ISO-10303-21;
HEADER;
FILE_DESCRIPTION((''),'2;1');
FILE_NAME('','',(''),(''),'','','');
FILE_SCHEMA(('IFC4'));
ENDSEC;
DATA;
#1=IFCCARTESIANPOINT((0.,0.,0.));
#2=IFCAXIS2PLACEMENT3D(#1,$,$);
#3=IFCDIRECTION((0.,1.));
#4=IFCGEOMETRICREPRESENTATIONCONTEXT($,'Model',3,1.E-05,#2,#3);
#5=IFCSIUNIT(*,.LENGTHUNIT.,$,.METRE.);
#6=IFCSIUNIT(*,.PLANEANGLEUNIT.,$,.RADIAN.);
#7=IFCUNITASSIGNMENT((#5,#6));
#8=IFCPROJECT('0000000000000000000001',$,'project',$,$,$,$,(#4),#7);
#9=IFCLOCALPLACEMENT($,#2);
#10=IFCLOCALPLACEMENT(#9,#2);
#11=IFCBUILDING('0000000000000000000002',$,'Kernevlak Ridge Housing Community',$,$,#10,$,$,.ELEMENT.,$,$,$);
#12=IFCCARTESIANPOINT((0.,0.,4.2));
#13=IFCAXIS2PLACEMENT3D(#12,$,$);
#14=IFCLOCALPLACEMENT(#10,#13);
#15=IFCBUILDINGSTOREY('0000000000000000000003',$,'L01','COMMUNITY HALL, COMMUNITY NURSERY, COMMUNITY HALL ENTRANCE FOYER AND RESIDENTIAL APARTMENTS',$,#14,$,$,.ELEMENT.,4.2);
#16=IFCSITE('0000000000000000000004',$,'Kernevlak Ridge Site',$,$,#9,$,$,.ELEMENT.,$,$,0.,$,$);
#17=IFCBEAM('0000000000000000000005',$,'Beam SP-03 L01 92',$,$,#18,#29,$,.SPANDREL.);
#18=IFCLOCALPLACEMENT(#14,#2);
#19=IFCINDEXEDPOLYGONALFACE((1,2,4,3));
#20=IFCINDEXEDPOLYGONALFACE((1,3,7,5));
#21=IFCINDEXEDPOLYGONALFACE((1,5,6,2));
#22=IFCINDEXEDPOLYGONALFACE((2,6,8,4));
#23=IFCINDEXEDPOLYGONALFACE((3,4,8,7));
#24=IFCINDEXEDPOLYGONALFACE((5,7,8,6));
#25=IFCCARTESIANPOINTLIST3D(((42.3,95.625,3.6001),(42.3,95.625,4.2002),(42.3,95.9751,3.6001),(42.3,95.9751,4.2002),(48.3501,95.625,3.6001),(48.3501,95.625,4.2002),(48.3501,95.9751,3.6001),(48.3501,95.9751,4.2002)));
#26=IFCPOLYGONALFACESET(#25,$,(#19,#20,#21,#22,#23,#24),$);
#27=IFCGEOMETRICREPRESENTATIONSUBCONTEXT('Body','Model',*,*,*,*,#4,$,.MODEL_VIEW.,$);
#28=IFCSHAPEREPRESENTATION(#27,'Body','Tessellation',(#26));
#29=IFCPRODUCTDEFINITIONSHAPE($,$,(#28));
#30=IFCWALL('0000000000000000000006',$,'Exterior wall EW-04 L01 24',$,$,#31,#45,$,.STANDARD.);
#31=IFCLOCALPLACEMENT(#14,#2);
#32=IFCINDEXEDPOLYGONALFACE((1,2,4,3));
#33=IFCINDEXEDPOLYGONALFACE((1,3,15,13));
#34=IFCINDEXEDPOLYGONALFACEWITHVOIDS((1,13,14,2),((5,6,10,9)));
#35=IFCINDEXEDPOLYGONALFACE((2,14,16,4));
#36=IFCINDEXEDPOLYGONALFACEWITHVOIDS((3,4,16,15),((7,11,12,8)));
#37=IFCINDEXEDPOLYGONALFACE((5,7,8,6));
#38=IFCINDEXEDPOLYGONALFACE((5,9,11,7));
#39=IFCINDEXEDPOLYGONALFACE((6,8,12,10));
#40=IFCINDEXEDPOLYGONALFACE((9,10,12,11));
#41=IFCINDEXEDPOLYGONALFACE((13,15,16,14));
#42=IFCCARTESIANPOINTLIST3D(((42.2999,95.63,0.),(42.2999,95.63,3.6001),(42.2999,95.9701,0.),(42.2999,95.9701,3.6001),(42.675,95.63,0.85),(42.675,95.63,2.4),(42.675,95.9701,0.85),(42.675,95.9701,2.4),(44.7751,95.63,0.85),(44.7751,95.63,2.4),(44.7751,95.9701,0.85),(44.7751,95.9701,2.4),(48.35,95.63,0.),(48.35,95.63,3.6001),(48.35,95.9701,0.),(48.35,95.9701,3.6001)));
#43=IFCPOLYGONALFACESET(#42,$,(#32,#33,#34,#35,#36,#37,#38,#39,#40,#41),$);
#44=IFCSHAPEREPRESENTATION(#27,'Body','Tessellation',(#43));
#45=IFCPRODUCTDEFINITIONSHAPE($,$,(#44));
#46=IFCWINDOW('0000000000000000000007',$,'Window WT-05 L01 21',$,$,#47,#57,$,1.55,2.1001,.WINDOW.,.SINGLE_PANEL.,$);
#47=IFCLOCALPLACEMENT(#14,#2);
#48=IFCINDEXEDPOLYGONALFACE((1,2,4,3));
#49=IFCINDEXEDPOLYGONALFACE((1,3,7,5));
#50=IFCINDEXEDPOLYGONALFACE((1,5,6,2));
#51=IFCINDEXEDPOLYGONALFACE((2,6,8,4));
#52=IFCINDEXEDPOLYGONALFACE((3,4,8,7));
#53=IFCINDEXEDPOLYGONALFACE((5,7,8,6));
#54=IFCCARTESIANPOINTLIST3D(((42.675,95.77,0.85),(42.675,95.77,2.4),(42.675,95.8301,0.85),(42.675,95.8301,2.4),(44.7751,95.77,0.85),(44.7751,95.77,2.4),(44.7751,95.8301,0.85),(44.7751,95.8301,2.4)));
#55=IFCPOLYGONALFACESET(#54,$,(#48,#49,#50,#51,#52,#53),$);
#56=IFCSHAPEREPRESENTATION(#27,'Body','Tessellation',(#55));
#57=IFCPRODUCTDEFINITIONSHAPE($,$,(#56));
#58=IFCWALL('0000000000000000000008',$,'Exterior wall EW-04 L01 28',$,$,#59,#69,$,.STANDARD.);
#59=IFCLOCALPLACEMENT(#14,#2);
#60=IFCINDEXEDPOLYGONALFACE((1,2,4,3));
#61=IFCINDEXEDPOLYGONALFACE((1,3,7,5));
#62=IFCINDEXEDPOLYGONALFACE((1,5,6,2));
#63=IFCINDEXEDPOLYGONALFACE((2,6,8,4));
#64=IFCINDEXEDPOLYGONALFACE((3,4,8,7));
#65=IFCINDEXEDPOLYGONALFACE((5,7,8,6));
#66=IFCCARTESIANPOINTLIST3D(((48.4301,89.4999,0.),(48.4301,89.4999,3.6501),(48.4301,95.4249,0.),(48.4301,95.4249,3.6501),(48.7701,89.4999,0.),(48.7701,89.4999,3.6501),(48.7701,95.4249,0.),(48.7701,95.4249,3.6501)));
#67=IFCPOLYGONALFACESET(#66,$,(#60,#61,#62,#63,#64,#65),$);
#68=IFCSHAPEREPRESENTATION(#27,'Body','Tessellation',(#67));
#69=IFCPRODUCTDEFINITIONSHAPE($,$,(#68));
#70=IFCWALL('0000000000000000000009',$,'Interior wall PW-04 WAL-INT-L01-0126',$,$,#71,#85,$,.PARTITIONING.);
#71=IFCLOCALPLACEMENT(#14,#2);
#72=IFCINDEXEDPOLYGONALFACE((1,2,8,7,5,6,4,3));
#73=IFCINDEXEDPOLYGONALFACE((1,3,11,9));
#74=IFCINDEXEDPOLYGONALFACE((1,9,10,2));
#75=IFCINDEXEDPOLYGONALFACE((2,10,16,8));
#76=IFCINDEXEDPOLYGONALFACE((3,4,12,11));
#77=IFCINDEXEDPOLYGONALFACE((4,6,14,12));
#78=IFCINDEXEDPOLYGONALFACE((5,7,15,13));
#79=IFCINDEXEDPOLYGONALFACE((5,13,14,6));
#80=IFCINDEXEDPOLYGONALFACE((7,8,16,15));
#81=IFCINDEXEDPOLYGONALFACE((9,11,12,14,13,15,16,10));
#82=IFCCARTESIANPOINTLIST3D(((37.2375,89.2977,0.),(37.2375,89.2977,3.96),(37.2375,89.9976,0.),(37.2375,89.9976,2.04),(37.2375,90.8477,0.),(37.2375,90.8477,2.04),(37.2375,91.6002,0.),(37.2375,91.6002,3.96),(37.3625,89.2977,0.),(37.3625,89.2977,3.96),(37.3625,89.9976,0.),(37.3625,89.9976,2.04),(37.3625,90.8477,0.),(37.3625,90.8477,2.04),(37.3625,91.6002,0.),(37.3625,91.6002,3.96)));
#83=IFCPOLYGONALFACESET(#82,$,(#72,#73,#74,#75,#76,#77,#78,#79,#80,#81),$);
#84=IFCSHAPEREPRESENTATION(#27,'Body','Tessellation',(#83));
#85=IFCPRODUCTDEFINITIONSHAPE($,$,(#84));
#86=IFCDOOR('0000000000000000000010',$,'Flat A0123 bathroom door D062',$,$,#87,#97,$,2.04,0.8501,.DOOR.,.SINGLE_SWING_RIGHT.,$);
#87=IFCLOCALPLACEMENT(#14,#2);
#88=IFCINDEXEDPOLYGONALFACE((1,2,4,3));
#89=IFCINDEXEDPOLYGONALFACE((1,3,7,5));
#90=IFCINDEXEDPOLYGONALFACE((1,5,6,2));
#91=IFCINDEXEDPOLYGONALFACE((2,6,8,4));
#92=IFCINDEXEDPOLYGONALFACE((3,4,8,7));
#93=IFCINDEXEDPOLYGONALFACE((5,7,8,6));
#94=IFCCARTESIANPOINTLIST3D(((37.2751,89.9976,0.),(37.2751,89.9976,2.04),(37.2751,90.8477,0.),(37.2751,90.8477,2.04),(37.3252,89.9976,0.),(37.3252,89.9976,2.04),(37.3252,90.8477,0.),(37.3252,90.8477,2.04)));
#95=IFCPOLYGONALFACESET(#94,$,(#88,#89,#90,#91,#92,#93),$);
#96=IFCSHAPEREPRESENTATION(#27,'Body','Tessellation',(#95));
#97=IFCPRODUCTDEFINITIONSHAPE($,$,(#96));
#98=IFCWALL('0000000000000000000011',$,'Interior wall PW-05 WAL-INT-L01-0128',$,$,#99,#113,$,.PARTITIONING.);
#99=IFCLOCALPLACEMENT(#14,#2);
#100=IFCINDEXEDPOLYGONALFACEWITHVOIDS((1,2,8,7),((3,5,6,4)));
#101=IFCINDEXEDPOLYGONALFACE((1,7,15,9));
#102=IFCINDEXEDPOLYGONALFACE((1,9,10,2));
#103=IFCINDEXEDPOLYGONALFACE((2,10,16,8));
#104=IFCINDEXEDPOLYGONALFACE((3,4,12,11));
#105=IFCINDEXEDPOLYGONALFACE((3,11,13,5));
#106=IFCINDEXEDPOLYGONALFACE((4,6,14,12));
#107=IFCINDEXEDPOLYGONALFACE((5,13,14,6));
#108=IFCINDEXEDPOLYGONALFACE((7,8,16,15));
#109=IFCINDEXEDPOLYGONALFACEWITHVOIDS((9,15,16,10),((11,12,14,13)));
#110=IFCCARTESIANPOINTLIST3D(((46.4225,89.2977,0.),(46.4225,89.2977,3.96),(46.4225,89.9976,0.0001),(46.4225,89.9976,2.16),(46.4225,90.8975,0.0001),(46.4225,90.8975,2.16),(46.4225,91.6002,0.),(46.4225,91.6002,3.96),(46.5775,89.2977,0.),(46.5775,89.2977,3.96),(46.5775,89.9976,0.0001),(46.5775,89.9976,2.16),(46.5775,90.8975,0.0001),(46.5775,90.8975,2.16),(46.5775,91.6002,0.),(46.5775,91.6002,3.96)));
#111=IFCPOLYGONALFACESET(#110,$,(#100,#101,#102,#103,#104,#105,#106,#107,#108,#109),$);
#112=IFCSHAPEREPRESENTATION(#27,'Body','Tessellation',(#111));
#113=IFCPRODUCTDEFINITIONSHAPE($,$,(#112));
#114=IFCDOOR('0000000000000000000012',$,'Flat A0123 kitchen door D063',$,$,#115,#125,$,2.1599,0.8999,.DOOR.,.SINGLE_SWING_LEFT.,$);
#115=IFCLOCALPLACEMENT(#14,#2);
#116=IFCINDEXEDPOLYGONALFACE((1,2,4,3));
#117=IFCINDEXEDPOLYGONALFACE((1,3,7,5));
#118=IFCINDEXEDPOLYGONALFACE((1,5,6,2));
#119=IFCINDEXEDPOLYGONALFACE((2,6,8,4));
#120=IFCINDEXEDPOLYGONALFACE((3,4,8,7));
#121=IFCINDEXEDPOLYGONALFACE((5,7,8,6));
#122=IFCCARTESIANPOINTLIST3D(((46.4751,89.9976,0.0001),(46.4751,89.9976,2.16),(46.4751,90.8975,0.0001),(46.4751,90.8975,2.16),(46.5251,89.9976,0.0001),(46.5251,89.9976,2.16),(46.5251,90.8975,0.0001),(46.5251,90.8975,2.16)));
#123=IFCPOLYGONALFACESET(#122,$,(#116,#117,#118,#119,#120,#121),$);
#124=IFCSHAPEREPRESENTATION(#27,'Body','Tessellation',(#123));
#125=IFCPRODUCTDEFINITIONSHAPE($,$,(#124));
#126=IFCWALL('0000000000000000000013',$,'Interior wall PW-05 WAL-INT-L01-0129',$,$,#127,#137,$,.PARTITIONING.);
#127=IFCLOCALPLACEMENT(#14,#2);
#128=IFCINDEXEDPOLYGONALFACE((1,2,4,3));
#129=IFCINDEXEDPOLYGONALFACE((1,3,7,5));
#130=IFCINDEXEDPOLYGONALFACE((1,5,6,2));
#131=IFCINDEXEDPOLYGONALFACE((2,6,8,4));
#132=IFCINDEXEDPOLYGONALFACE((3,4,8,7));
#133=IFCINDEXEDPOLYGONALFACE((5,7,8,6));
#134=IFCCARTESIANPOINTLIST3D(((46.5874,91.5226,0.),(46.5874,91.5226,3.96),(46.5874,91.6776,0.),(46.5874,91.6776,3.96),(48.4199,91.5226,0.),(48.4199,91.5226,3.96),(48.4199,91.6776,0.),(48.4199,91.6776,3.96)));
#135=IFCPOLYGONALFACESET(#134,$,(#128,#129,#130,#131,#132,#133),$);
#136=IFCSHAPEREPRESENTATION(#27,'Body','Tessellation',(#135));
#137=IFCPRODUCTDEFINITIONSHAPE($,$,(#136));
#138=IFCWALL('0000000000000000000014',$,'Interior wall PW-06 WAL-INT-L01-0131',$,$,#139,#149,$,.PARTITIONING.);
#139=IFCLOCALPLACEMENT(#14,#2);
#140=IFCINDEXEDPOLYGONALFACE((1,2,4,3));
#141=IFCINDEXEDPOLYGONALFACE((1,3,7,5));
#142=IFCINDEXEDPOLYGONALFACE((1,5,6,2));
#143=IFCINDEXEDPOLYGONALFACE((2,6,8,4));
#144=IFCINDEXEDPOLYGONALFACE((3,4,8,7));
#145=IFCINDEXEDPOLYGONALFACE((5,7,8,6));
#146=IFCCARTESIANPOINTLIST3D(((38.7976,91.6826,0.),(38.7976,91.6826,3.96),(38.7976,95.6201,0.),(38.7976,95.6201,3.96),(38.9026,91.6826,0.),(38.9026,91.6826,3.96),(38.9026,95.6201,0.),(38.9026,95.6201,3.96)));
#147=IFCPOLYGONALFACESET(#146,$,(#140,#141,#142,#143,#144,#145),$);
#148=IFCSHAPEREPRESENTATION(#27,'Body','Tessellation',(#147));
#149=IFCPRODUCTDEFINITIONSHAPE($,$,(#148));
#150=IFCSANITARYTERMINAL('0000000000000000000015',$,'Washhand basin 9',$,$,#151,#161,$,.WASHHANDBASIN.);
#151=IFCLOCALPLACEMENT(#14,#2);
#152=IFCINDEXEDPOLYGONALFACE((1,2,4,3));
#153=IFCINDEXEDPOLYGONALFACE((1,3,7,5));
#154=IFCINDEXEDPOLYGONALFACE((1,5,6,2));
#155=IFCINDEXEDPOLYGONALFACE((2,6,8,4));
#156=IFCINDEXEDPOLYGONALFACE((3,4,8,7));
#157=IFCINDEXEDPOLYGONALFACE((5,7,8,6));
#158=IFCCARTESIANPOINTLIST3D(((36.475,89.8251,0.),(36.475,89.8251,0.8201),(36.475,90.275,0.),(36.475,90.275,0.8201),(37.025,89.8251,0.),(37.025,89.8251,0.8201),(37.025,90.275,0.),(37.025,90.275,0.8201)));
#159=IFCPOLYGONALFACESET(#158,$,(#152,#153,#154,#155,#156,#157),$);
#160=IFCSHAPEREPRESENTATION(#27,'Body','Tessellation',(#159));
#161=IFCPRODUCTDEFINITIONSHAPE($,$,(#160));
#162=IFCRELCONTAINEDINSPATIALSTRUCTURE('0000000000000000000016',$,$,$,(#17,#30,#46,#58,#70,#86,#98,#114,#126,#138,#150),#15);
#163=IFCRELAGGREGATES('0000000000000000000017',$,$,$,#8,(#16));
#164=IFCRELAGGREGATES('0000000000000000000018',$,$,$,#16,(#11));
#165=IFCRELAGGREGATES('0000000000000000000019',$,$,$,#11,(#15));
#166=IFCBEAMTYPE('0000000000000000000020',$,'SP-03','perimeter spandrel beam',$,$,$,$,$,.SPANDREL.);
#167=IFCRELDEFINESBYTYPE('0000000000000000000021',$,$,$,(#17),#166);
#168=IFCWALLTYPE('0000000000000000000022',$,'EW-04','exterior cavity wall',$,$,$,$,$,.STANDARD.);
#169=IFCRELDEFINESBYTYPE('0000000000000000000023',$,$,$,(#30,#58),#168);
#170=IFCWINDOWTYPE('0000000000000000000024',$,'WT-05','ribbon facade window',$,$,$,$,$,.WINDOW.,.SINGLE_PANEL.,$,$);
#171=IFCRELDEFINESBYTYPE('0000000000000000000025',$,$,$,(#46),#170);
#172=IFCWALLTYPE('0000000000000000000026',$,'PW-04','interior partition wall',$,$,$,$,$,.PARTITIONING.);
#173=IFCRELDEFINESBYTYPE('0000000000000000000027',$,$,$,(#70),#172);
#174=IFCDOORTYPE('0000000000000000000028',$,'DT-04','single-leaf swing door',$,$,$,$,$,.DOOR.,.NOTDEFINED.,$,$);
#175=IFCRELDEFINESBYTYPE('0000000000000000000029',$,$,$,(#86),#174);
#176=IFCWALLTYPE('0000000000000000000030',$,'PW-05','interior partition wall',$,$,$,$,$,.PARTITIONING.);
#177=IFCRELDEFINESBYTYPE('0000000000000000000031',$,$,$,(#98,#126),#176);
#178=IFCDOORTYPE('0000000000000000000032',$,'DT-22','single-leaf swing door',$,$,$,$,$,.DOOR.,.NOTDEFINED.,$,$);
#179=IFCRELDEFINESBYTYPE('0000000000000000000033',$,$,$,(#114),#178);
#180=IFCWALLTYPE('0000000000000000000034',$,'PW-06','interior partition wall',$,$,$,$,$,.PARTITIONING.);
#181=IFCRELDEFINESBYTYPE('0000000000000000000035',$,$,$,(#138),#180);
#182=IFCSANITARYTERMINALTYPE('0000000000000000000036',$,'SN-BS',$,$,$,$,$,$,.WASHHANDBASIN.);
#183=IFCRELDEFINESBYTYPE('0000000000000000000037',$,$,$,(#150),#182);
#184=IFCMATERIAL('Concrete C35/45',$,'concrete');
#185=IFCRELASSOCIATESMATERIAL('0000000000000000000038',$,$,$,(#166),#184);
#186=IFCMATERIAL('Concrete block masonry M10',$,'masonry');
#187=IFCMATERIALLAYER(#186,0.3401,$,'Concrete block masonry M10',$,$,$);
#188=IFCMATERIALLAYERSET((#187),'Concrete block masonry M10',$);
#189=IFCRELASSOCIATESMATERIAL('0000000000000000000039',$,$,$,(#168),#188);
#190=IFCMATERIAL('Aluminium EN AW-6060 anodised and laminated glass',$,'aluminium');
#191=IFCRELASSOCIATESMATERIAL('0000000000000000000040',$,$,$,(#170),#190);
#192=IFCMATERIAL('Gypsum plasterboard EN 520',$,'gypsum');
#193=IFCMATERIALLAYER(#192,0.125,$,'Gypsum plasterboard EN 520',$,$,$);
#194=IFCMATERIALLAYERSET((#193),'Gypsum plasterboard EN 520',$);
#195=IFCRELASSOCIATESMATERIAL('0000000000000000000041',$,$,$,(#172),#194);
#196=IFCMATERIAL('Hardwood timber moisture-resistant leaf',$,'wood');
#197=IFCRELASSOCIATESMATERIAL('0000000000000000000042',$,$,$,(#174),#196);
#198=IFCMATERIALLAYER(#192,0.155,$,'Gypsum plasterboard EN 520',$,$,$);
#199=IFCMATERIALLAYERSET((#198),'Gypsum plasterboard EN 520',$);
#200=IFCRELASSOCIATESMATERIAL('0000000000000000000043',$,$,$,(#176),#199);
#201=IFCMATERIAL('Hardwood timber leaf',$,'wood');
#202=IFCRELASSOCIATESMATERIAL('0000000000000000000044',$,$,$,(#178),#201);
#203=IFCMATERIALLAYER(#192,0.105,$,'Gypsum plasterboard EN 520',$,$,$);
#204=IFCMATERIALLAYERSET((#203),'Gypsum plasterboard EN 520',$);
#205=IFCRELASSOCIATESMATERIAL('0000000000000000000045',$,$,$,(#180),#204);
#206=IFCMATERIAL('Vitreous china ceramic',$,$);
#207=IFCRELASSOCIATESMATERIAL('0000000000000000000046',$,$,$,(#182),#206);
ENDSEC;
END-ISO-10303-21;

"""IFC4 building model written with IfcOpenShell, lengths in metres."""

from ifc_helpers import new_model, si_unit, direction, frame, frame_2d, origin, origin_2d, place, context, subcontext, project, spatial, rectangle, extrude, material, layer, layer_set, material_profile, profile_set, type_object, element, fill, save


model = new_model("IFC4")

# Units and contexts
model_context = context("Model", 3, precision=1e-05, world=origin(), true_north=direction((0.0, 1.0)))
body_context = subcontext(model_context, "Body", "Model", "MODEL_VIEW")
ifc_project = project(units=[si_unit("LENGTHUNIT", "METRE"), si_unit("PLANEANGLEUNIT", "RADIAN")], contexts=[model_context])

# Site, building, storey
site_placement = place(None, origin())
site = spatial("IfcSite", under=ifc_project, at=site_placement, Name="Kernevlak Ridge Site", CompositionType="ELEMENT", RefElevation=0.0)
building_placement = place(site_placement, origin())
building = spatial("IfcBuilding", under=site, at=building_placement, Name="Kernevlak Ridge Housing Community", CompositionType="ELEMENT")
storey_placement = place(building_placement, frame((0.0, 0.0, 4.2)))
storey = spatial("IfcBuildingStorey", under=building, at=storey_placement, Name="L01", Description="COMMUNITY HALL, COMMUNITY NURSERY, COMMUNITY HALL ENTRANCE FOYER AND RESIDENTIAL APARTMENTS", CompositionType="ELEMENT", Elevation=4.2)

# Shared definitions
ifc_material_1 = material(Name="Concrete C35/45", Category="concrete")

# Shared definitions
ifc_material_2 = material(Name="Aluminium EN AW-6060 anodised and laminated glass", Category="aluminium")

# Beam
ifc_material_profile_1 = material_profile(ifc_material_1, rectangle(XDim=0.3501, YDim=0.6001, at=origin_2d()), Name="RC 350x600")
ifc_profile_set_1 = profile_set([ifc_material_profile_1], Name="Concrete C35/45")
beam_type_1 = type_object("IfcBeamType", Name="SP-03", Description="perimeter spandrel beam", PredefinedType="SPANDREL", material=ifc_profile_set_1)
beam_1_placement = place(storey_placement, frame((42.3, 95.8, 3.9001), z_axis=(1.0, 0.0, 0.0), x_axis=(0.0, 1.0, 0.0)))
element("IfcBeam", 1, at=beam_1_placement, inside=storey, type_object=beam_type_1, Name="Beam SP-03 L01 92", PredefinedType="SPANDREL", context=body_context, shape_type="SweptSolid", body=[
    extrude(rectangle(XDim=0.3501, YDim=0.6001, at=origin_2d()), origin(), (0.0, 0.0, 1.0), 6.05),
])

# Wall, opening, window
ifc_material_3 = material(Name="Concrete block masonry M10", Category="masonry")
ifc_layer_1 = layer(ifc_material_3, 0.3401, Name="Concrete block masonry M10")
ifc_layer_set_1 = layer_set([ifc_layer_1], Name="Concrete block masonry M10")
wall_type_1 = type_object("IfcWallType", Name="EW-04", Description="exterior cavity wall", PredefinedType="STANDARD", material=ifc_layer_set_1)
wall_1_placement = place(storey_placement, frame((42.3, 95.8, 0.0), z_axis=(0.0, 0.0, 1.0), x_axis=(1.0, 0.0, 0.0)))
wall_1 = element("IfcWall", 2, at=wall_1_placement, inside=storey, type_object=wall_type_1, Name="Exterior wall EW-04 L01 24", PredefinedType="STANDARD", context=body_context, shape_type="SweptSolid", body=[
    extrude(rectangle(XDim=6.05, YDim=0.3401, at=frame_2d((3.0249, 0.0))), origin(), (0.0, 0.0, 1.0), 3.6001),
])
opening_1_placement = place(wall_1_placement, frame((0.375, 0.0, 0.8501)))
opening_1 = element("IfcOpeningElement", 3, at=opening_1_placement, cuts=wall_1, PredefinedType="OPENING", context=body_context, shape_type="SweptSolid", body=[
    extrude(rectangle(XDim=2.1001, YDim=1.55, at=frame_2d((1.05, 0.7749))), frame((0.0, 0.1799, 0.0), z_axis=(0.0, -1.0, 0.0), x_axis=(1.0, 0.0, 0.0)), (0.0, 0.0, 1.0), 0.3601),
])
window_type = type_object("IfcWindowType", Name="WT-05", Description="ribbon facade window", PartitioningType="SINGLE_PANEL", PredefinedType="WINDOW", material=ifc_material_2)
window_placement = place(opening_1_placement, origin())
window = element("IfcWindow", 4, at=window_placement, inside=storey, type_object=window_type, Name="Window WT-05 L01 21", OverallHeight=1.55, OverallWidth=2.1001, PartitioningType="SINGLE_PANEL", PredefinedType="WINDOW", context=body_context, shape_type="SweptSolid", body=[
    extrude(rectangle(XDim=2.1001, YDim=1.55, at=frame_2d((1.05, 0.7749))), frame((0.0, 0.03, 0.0), z_axis=(0.0, -1.0, 0.0), x_axis=(1.0, 0.0, 0.0)), (0.0, 0.0, 1.0), 0.0601),
])
fill(opening_1, window)

# Wall
wall_2_placement = place(storey_placement, frame((48.6001, 89.5, 0.0), z_axis=(0.0, 0.0, 1.0), x_axis=(0.0, 1.0, 0.0)))
element("IfcWall", 5, at=wall_2_placement, inside=storey, type_object=wall_type_1, Name="Exterior wall EW-04 L01 28", PredefinedType="STANDARD", context=body_context, shape_type="SweptSolid", body=[
    extrude(rectangle(XDim=5.925, YDim=0.3401, at=frame_2d((2.9624, 0.0))), origin(), (0.0, 0.0, 1.0), 3.6501),
])

# Walls, openings, doors
ifc_material_4 = material(Name="Hardwood timber leaf", Category="wood")
ifc_material_5 = material(Name="Gypsum plasterboard EN 520", Category="gypsum")
ifc_layer_2 = layer(ifc_material_5, 0.125, Name="Gypsum plasterboard EN 520")
ifc_layer_set_2 = layer_set([ifc_layer_2], Name="Gypsum plasterboard EN 520")
wall_type_2 = type_object("IfcWallType", Name="PW-04", Description="interior partition wall", PredefinedType="PARTITIONING", material=ifc_layer_set_2)
wall_3_placement = place(storey_placement, frame((37.3, 89.2976, 0.0), z_axis=(0.0, 0.0, 1.0), x_axis=(0.0, 1.0, 0.0)))
wall_3 = element("IfcWall", 6, at=wall_3_placement, inside=storey, type_object=wall_type_2, Name="Interior wall PW-04 WAL-INT-L01-0126", PredefinedType="PARTITIONING", context=body_context, shape_type="SweptSolid", body=[
    extrude(rectangle(XDim=2.3025, YDim=0.125, at=frame_2d((1.1514, 0.0))), origin(), (0.0, 0.0, 1.0), 3.96),
])
opening_2_placement = place(wall_3_placement, frame((0.7, 0.0, 0.0)))
opening_2 = element("IfcOpeningElement", 7, at=opening_2_placement, cuts=wall_3, PredefinedType="OPENING", context=body_context, shape_type="SweptSolid", body=[
    extrude(rectangle(XDim=0.8501, YDim=2.04, at=frame_2d((0.425, 1.02))), frame((0.0, 0.0725, 0.0), z_axis=(0.0, -1.0, 0.0), x_axis=(1.0, 0.0, 0.0)), (0.0, 0.0, 1.0), 0.145),
])
ifc_material_6 = material(Name="Hardwood timber moisture-resistant leaf", Category="wood")
door_type_1 = type_object("IfcDoorType", Name="DT-04", Description="single-leaf swing door", OperationType="NOTDEFINED", PredefinedType="DOOR", material=ifc_material_6)
door_1_placement = place(opening_2_placement, origin())
door_1 = element("IfcDoor", 8, at=door_1_placement, inside=storey, type_object=door_type_1, Name="Flat A0123 bathroom door D062", OperationType="SINGLE_SWING_RIGHT", OverallHeight=2.04, OverallWidth=0.8501, PredefinedType="DOOR", context=body_context, shape_type="SweptSolid", body=[
    extrude(rectangle(XDim=0.8501, YDim=2.04, at=frame_2d((0.425, 1.02))), frame((0.0, 0.0249, 0.0), z_axis=(0.0, -1.0, 0.0), x_axis=(1.0, 0.0, 0.0)), (0.0, 0.0, 1.0), 0.05),
])
fill(opening_2, door_1)
ifc_layer_3 = layer(ifc_material_5, 0.155, Name="Gypsum plasterboard EN 520")
ifc_layer_set_3 = layer_set([ifc_layer_3], Name="Gypsum plasterboard EN 520")
wall_type_3 = type_object("IfcWallType", Name="PW-05", Description="interior partition wall", PredefinedType="PARTITIONING", material=ifc_layer_set_3)
wall_4_placement = place(storey_placement, frame((46.5, 89.2976, 0.0), z_axis=(0.0, 0.0, 1.0), x_axis=(0.0, 1.0, 0.0)))
wall_4 = element("IfcWall", 9, at=wall_4_placement, inside=storey, type_object=wall_type_3, Name="Interior wall PW-05 WAL-INT-L01-0128", PredefinedType="PARTITIONING", context=body_context, shape_type="SweptSolid", body=[
    extrude(rectangle(XDim=2.3025, YDim=0.155, at=frame_2d((1.1514, 0.0))), origin(), (0.0, 0.0, 1.0), 3.96),
])
opening_3_placement = place(wall_4_placement, frame((0.7, 0.0, 0.0)))
opening_3 = element("IfcOpeningElement", 10, at=opening_3_placement, cuts=wall_4, PredefinedType="OPENING", context=body_context, shape_type="SweptSolid", body=[
    extrude(rectangle(XDim=0.8999, YDim=2.1599, at=frame_2d((0.45, 1.0801))), frame((0.0, 0.0874, 0.0), z_axis=(0.0, -1.0, 0.0), x_axis=(1.0, 0.0, 0.0)), (0.0, 0.0, 1.0), 0.175),
])
door_type_2 = type_object("IfcDoorType", Name="DT-22", Description="single-leaf swing door", OperationType="NOTDEFINED", PredefinedType="DOOR", material=ifc_material_4)
door_2_placement = place(opening_3_placement, origin())
door_2 = element("IfcDoor", 11, at=door_2_placement, inside=storey, type_object=door_type_2, Name="Flat A0123 kitchen door D063", OperationType="SINGLE_SWING_LEFT", OverallHeight=2.1599, OverallWidth=0.8999, PredefinedType="DOOR", context=body_context, shape_type="SweptSolid", body=[
    extrude(rectangle(XDim=0.8999, YDim=2.1599, at=frame_2d((0.45, 1.0801))), frame((0.0, 0.0249, 0.0), z_axis=(0.0, -1.0, 0.0), x_axis=(1.0, 0.0, 0.0)), (0.0, 0.0, 1.0), 0.05),
])
fill(opening_3, door_2)

# Walls
wall_5_placement = place(storey_placement, frame((46.5874, 91.6001, 0.0), z_axis=(0.0, 0.0, 1.0), x_axis=(1.0, 0.0, 0.0)))
element("IfcWall", 12, at=wall_5_placement, inside=storey, type_object=wall_type_3, Name="Interior wall PW-05 WAL-INT-L01-0129", PredefinedType="PARTITIONING", context=body_context, shape_type="SweptSolid", body=[
    extrude(rectangle(XDim=1.8325, YDim=0.155, at=frame_2d((0.9163, 0.0))), origin(), (0.0, 0.0, 1.0), 3.96),
])
ifc_layer_4 = layer(ifc_material_5, 0.105, Name="Gypsum plasterboard EN 520")
ifc_layer_set_4 = layer_set([ifc_layer_4], Name="Gypsum plasterboard EN 520")
wall_type_4 = type_object("IfcWallType", Name="PW-06", Description="interior partition wall", PredefinedType="PARTITIONING", material=ifc_layer_set_4)
wall_6_placement = place(storey_placement, frame((38.8501, 91.6826, 0.0), z_axis=(0.0, 0.0, 1.0), x_axis=(0.0, 1.0, 0.0)))
element("IfcWall", 13, at=wall_6_placement, inside=storey, type_object=wall_type_4, Name="Interior wall PW-06 WAL-INT-L01-0131", PredefinedType="PARTITIONING", context=body_context, shape_type="SweptSolid", body=[
    extrude(rectangle(XDim=3.9375, YDim=0.105, at=frame_2d((1.9688, 0.0))), origin(), (0.0, 0.0, 1.0), 3.96),
])

# Sanitary terminal
ifc_material_7 = material(Name="Vitreous china ceramic")
sanitary_terminal_type_1 = type_object("IfcSanitaryTerminalType", Name="SN-BS", PredefinedType="WASHHANDBASIN", material=ifc_material_7)
sanitary_terminal_1_placement = place(storey_placement, frame((36.75, 90.05, 0.0), z_axis=(0.0, 0.0, 1.0), x_axis=(1.0, 0.0, 0.0)))
element("IfcSanitaryTerminal", 14, at=sanitary_terminal_1_placement, inside=storey, type_object=sanitary_terminal_type_1, Name="Washhand basin 9", PredefinedType="WASHHANDBASIN", context=body_context, shape_type="SweptSolid", body=[
    extrude(rectangle(XDim=0.55, YDim=0.45, at=origin_2d()), origin(), (0.0, 0.0, 1.0), 0.8201),
])

save(model, "model.ifc")
